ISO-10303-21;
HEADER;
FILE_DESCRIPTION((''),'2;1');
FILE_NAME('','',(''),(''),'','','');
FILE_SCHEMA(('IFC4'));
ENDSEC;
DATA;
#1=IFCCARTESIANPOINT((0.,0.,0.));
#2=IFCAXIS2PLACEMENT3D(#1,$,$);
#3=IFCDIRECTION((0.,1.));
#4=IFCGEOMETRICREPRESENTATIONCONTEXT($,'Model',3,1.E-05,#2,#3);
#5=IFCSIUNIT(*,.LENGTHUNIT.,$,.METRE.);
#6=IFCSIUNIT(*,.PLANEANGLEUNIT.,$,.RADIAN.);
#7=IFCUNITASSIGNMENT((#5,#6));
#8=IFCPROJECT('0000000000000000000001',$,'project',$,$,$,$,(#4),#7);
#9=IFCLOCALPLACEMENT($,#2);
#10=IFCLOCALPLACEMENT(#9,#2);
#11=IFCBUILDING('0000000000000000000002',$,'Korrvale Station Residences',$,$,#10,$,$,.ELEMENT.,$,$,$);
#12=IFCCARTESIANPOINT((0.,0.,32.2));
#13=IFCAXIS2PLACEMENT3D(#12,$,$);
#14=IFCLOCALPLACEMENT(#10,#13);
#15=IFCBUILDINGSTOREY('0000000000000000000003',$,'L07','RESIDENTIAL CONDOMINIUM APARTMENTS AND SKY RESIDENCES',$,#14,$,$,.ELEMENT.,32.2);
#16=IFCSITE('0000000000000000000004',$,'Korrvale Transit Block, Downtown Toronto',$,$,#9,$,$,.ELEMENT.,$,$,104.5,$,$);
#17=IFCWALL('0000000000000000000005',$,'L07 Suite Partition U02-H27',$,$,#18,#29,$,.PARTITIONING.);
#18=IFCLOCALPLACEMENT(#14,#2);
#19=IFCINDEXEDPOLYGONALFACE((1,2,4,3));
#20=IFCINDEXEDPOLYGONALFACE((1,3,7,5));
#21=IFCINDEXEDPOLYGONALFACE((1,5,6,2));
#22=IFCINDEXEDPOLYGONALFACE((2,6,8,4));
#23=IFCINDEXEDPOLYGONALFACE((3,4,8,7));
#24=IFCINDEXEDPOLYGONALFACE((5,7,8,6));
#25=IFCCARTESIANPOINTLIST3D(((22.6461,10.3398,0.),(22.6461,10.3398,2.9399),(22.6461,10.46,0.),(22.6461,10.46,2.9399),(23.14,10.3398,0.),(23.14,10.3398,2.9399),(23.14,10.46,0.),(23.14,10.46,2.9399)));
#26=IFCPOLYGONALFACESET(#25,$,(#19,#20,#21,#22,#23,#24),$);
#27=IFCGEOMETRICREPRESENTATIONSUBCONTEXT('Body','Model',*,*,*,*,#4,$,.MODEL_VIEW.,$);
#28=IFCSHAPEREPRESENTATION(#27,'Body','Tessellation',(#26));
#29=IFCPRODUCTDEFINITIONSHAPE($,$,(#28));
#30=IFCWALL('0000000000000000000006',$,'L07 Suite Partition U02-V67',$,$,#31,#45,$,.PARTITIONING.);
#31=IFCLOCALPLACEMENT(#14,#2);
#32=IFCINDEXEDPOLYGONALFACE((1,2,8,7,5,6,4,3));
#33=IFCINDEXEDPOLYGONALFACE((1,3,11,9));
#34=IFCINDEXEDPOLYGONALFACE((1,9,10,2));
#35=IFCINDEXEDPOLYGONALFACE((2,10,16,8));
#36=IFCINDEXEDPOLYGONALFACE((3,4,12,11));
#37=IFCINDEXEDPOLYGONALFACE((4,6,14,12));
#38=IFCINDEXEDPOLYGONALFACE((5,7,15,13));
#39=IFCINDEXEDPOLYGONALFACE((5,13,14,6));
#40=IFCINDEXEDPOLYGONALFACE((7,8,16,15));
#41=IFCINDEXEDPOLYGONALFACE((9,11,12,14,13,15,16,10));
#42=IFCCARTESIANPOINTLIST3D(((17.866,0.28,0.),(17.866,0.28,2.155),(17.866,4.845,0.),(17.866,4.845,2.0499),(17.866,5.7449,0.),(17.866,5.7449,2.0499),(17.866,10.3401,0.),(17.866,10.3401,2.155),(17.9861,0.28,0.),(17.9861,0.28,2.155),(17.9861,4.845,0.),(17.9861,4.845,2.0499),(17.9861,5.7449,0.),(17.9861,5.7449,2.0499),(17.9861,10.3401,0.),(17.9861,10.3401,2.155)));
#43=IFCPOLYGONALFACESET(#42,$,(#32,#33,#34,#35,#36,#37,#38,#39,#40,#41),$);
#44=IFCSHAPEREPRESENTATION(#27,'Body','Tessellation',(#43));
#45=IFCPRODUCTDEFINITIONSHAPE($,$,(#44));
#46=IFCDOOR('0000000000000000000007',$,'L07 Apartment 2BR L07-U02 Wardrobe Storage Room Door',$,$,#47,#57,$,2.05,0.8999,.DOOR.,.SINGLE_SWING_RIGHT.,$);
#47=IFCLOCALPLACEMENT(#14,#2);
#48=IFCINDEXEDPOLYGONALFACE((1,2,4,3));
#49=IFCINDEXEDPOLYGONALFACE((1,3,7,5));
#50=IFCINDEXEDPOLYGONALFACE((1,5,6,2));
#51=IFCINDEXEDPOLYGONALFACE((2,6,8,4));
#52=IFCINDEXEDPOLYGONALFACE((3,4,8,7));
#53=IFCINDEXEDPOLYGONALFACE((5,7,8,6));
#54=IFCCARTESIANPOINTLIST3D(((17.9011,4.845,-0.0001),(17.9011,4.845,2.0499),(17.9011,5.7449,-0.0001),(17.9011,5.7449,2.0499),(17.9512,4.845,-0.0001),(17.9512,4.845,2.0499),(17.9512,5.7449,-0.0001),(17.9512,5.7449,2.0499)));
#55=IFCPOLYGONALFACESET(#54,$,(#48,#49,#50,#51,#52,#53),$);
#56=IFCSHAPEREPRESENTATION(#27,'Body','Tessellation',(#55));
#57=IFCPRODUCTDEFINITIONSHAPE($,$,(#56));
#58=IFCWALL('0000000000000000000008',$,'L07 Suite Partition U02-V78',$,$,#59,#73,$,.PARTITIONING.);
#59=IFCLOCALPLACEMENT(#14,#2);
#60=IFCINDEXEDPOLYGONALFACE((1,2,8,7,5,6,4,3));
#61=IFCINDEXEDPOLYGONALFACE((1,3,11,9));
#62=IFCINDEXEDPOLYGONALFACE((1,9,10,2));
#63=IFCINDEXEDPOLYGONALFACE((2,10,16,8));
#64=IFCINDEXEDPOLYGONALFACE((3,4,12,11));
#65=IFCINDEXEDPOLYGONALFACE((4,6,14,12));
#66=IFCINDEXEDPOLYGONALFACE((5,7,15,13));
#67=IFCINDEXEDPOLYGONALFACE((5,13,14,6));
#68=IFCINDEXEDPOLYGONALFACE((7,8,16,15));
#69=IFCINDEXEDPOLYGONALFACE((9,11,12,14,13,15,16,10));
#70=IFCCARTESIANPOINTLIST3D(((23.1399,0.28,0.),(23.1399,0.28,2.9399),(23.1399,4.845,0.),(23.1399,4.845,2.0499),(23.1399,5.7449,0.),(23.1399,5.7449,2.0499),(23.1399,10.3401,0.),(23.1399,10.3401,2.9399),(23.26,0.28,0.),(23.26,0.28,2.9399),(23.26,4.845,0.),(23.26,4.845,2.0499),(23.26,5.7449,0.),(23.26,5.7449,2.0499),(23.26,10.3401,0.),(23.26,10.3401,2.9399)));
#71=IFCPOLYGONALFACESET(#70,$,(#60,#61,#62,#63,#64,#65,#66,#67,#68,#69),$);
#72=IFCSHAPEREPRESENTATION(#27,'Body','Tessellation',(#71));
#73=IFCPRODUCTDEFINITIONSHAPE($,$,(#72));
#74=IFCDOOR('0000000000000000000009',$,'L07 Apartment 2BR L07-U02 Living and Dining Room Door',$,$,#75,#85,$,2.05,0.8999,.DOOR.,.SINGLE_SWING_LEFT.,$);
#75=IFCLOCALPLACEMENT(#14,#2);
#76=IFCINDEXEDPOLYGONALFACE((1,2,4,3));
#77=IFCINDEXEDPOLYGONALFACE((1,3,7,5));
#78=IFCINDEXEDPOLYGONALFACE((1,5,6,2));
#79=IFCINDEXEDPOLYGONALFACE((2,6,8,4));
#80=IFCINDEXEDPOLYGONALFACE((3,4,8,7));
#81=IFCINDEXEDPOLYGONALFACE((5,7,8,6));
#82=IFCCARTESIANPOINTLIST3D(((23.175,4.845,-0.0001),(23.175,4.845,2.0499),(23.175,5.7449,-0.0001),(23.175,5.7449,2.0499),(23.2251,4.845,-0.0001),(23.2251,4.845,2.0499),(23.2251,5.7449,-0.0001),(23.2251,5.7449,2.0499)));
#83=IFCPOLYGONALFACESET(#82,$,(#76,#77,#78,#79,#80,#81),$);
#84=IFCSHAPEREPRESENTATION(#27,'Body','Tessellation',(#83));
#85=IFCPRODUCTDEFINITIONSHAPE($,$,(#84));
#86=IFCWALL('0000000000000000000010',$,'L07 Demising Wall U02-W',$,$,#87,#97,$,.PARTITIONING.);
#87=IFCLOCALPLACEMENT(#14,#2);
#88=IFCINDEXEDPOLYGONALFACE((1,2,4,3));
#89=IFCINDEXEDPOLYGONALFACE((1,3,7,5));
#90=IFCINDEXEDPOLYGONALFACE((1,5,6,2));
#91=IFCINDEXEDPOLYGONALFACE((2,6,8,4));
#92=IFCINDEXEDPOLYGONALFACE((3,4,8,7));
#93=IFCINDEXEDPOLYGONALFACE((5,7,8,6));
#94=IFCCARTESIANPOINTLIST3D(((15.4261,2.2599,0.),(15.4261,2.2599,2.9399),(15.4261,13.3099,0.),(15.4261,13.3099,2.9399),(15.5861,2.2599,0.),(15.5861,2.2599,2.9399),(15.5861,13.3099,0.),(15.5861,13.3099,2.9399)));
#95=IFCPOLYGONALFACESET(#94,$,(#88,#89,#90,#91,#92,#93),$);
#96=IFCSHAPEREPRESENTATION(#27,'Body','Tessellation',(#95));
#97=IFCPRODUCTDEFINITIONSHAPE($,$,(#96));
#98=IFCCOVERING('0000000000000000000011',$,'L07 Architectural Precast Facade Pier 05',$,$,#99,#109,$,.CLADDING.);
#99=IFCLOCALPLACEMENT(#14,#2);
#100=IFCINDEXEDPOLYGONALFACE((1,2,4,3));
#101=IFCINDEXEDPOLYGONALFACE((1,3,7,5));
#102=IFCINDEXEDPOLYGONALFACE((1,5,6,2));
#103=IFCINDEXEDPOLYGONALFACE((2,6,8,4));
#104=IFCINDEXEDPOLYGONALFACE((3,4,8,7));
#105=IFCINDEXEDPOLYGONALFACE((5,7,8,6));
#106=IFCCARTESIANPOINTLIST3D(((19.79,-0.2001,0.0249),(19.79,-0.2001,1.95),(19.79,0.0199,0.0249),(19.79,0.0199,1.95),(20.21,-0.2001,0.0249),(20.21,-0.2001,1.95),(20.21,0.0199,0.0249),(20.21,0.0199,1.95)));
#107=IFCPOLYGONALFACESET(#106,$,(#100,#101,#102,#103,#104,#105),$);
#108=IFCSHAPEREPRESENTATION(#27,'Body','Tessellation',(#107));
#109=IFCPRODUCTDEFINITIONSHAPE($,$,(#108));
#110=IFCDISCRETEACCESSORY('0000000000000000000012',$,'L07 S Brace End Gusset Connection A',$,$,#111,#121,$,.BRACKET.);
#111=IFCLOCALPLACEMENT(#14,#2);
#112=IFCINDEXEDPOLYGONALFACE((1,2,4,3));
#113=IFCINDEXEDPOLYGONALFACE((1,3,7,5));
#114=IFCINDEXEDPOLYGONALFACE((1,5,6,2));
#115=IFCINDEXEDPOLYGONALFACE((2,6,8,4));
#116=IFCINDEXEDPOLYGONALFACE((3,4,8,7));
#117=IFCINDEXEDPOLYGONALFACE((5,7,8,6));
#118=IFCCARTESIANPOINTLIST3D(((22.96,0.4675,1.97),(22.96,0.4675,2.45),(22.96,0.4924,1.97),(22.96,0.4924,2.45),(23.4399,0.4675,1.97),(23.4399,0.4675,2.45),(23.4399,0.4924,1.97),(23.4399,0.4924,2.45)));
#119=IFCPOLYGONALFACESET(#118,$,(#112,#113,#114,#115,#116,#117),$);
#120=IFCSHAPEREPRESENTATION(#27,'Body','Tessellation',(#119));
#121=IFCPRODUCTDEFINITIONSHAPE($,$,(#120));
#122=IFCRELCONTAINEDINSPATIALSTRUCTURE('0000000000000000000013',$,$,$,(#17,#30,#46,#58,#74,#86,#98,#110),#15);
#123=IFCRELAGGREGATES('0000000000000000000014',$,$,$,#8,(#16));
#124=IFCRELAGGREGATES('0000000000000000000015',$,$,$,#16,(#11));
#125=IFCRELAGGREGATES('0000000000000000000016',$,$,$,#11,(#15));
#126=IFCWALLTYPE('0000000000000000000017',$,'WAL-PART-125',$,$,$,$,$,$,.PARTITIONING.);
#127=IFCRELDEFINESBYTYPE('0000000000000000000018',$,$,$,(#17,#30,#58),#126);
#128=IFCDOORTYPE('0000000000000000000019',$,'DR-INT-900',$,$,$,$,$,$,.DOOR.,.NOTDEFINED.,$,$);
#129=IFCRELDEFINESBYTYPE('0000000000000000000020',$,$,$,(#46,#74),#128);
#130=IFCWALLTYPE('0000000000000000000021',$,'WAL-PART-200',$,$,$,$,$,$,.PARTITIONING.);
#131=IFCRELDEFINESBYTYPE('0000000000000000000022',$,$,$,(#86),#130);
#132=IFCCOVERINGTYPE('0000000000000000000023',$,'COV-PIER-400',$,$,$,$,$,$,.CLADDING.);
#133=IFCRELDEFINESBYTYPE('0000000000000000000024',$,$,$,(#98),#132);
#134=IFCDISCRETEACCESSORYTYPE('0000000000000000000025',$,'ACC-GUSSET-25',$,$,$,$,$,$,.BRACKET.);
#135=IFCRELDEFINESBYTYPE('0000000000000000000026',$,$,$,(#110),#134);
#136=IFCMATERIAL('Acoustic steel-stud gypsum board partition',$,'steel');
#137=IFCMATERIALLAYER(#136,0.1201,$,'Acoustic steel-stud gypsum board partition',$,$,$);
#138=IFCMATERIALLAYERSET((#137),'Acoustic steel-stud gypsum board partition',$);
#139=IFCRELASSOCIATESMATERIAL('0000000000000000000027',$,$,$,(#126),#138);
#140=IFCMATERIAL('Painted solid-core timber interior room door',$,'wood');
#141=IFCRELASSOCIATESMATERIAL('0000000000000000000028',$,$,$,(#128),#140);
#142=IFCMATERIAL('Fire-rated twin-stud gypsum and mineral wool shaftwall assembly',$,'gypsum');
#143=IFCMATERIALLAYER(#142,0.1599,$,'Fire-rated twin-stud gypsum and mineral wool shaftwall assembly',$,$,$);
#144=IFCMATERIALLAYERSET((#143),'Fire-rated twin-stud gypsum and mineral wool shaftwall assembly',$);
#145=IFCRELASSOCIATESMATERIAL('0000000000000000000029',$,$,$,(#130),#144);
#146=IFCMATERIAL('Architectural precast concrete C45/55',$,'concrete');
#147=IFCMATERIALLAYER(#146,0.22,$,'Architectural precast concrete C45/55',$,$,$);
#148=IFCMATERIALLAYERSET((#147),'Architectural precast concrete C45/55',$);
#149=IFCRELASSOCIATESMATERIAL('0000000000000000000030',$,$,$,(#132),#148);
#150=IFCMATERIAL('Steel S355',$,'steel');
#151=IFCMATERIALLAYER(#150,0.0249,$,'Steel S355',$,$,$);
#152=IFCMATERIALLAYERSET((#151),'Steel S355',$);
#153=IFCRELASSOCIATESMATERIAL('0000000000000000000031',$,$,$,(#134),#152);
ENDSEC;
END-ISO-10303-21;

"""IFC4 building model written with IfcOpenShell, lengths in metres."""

from ifc_helpers import new_model, si_unit, direction, frame, frame_2d, origin, origin_2d, place, context, subcontext, project, spatial, rectangle, extrude, material, layer, layer_set, type_object, element, fill, save


model = new_model("IFC4")

# Units and contexts
model_context = context("Model", 3, precision=1e-05, world=origin(), true_north=direction((0.0, 1.0)))
body_context = subcontext(model_context, "Body", "Model", "MODEL_VIEW")
ifc_project = project(units=[si_unit("LENGTHUNIT", "METRE"), si_unit("PLANEANGLEUNIT", "RADIAN")], contexts=[model_context])

# Site, building, storey
site_placement = place(None, origin())
site = spatial("IfcSite", under=ifc_project, at=site_placement, Name="Korrvale Transit Block, Downtown Toronto", CompositionType="ELEMENT", RefElevation=104.5)
building_placement = place(site_placement, origin())
building = spatial("IfcBuilding", under=site, at=building_placement, Name="Korrvale Station Residences", CompositionType="ELEMENT")
storey_placement = place(building_placement, frame((0.0, 0.0, 32.2)))
storey = spatial("IfcBuildingStorey", under=building, at=storey_placement, Name="L07", Description="RESIDENTIAL CONDOMINIUM APARTMENTS AND SKY RESIDENCES", CompositionType="ELEMENT", Elevation=32.2)

# Shared definitions
ifc_material_1 = material(Name="Steel S355", Category="steel")

# Shared definitions
ifc_material_2 = material(Name="Acoustic steel-stud gypsum board partition", Category="steel")
ifc_layer_1 = layer(ifc_material_2, 0.1201, Name="Acoustic steel-stud gypsum board partition")
ifc_layer_set_1 = layer_set([ifc_layer_1], Name="Acoustic steel-stud gypsum board partition")
wall_type_1 = type_object("IfcWallType", Name="WAL-PART-125", PredefinedType="PARTITIONING", material=ifc_layer_set_1)

# Shared definitions
ifc_material_3 = material(Name="Painted solid-core timber interior room door", Category="wood")
door_type_1 = type_object("IfcDoorType", Name="DR-INT-900", OperationType="NOTDEFINED", PredefinedType="DOOR", material=ifc_material_3)

# Wall
wall_1_placement = place(storey_placement, frame((22.646, 10.3999, 0.0), z_axis=(0.0, 0.0, 1.0), x_axis=(1.0, 0.0, 0.0)))
element("IfcWall", 1, at=wall_1_placement, inside=storey, type_object=wall_type_1, Name="L07 Suite Partition U02-H27", PredefinedType="PARTITIONING", context=body_context, shape_type="SweptSolid", body=[
    extrude(rectangle(XDim=0.4939, YDim=0.1201, at=frame_2d((0.2471, 0.0))), origin(), (0.0, 0.0, 1.0), 2.9399),
])

# Walls, openings, doors
wall_2_placement = place(storey_placement, frame((17.926, 0.28, 0.0), z_axis=(0.0, 0.0, 1.0), x_axis=(0.0, 1.0, 0.0)))
wall_2 = element("IfcWall", 2, at=wall_2_placement, inside=storey, type_object=wall_type_1, Name="L07 Suite Partition U02-V67", PredefinedType="PARTITIONING", context=body_context, shape_type="SweptSolid", body=[
    extrude(rectangle(XDim=10.0601, YDim=0.1201, at=frame_2d((5.03, 0.0))), origin(), (0.0, 0.0, 1.0), 2.155),
])
opening_1_placement = place(wall_2_placement, frame((4.5649, 0.0, 0.0)))
opening_1 = element("IfcOpeningElement", 3, at=opening_1_placement, cuts=wall_2, PredefinedType="OPENING", context=body_context, shape_type="SweptSolid", body=[
    extrude(rectangle(XDim=0.8999, YDim=2.05, at=frame_2d((0.45, 1.0249))), frame((0.0, 0.0701, 0.0), z_axis=(0.0, -1.0, 0.0), x_axis=(1.0, 0.0, 0.0)), (0.0, 0.0, 1.0), 0.1401),
])
door_1_placement = place(opening_1_placement, origin())
door_1 = element("IfcDoor", 4, at=door_1_placement, inside=storey, type_object=door_type_1, Name="L07 Apartment 2BR L07-U02 Wardrobe Storage Room Door", OperationType="SINGLE_SWING_RIGHT", OverallHeight=2.05, OverallWidth=0.8999, PredefinedType="DOOR", context=body_context, shape_type="SweptSolid", body=[
    extrude(rectangle(XDim=0.8999, YDim=2.05, at=frame_2d((0.45, 1.0249))), frame((0.0, 0.0249, 0.0), z_axis=(0.0, -1.0, 0.0), x_axis=(1.0, 0.0, 0.0)), (0.0, 0.0, 1.0), 0.05),
])
fill(opening_1, door_1)
wall_3_placement = place(storey_placement, frame((23.2, 0.28, 0.0), z_axis=(0.0, 0.0, 1.0), x_axis=(0.0, 1.0, 0.0)))
wall_3 = element("IfcWall", 5, at=wall_3_placement, inside=storey, type_object=wall_type_1, Name="L07 Suite Partition U02-V78", PredefinedType="PARTITIONING", context=body_context, shape_type="SweptSolid", body=[
    extrude(rectangle(XDim=10.0601, YDim=0.1201, at=frame_2d((5.03, 0.0))), origin(), (0.0, 0.0, 1.0), 2.9399),
])
opening_2_placement = place(wall_3_placement, frame((4.5649, 0.0, 0.0)))
opening_2 = element("IfcOpeningElement", 6, at=opening_2_placement, cuts=wall_3, PredefinedType="OPENING", context=body_context, shape_type="SweptSolid", body=[
    extrude(rectangle(XDim=0.8999, YDim=2.05, at=frame_2d((0.45, 1.0249))), frame((0.0, 0.0701, 0.0), z_axis=(0.0, -1.0, 0.0), x_axis=(1.0, 0.0, 0.0)), (0.0, 0.0, 1.0), 0.1401),
])
door_2_placement = place(opening_2_placement, origin())
door_2 = element("IfcDoor", 7, at=door_2_placement, inside=storey, type_object=door_type_1, Name="L07 Apartment 2BR L07-U02 Living and Dining Room Door", OperationType="SINGLE_SWING_LEFT", OverallHeight=2.05, OverallWidth=0.8999, PredefinedType="DOOR", context=body_context, shape_type="SweptSolid", body=[
    extrude(rectangle(XDim=0.8999, YDim=2.05, at=frame_2d((0.45, 1.0249))), frame((0.0, 0.0249, 0.0), z_axis=(0.0, -1.0, 0.0), x_axis=(1.0, 0.0, 0.0)), (0.0, 0.0, 1.0), 0.05),
])
fill(opening_2, door_2)

# Wall
ifc_material_4 = material(Name="Fire-rated twin-stud gypsum and mineral wool shaftwall assembly", Category="gypsum")
ifc_layer_2 = layer(ifc_material_4, 0.1599, Name="Fire-rated twin-stud gypsum and mineral wool shaftwall assembly")
ifc_layer_set_2 = layer_set([ifc_layer_2], Name="Fire-rated twin-stud gypsum and mineral wool shaftwall assembly")
wall_type_2 = type_object("IfcWallType", Name="WAL-PART-200", PredefinedType="PARTITIONING", material=ifc_layer_set_2)
wall_4_placement = place(storey_placement, frame((15.5061, 2.26, 0.0), z_axis=(0.0, 0.0, 1.0), x_axis=(0.0, 1.0, 0.0)))
element("IfcWall", 8, at=wall_4_placement, inside=storey, type_object=wall_type_2, Name="L07 Demising Wall U02-W", PredefinedType="PARTITIONING", context=body_context, shape_type="SweptSolid", body=[
    extrude(rectangle(XDim=11.05, YDim=0.1599, at=frame_2d((5.5249, 0.0))), origin(), (0.0, 0.0, 1.0), 2.9399),
])

# Covering
ifc_material_5 = material(Name="Architectural precast concrete C45/55", Category="concrete")
ifc_layer_3 = layer(ifc_material_5, 0.22, Name="Architectural precast concrete C45/55")
ifc_layer_set_3 = layer_set([ifc_layer_3], Name="Architectural precast concrete C45/55")
covering_type = type_object("IfcCoveringType", Name="COV-PIER-400", PredefinedType="CLADDING", material=ifc_layer_set_3)
covering_placement = place(storey_placement, frame((20.0, -0.0901, 0.0249), z_axis=(0.0, 0.0, 1.0), x_axis=(1.0, 0.0, 0.0)))
element("IfcCovering", 9, at=covering_placement, inside=storey, type_object=covering_type, Name="L07 Architectural Precast Facade Pier 05", PredefinedType="CLADDING", context=body_context, shape_type="SweptSolid", body=[
    extrude(rectangle(XDim=0.4199, YDim=0.22, at=origin_2d()), origin(), (0.0, 0.0, 1.0), 1.925),
])

# Discrete accessory
ifc_layer_4 = layer(ifc_material_1, 0.0249, Name="Steel S355")
ifc_layer_set_4 = layer_set([ifc_layer_4], Name="Steel S355")
discrete_accessory_type = type_object("IfcDiscreteAccessoryType", Name="ACC-GUSSET-25", PredefinedType="BRACKET", material=ifc_layer_set_4)
discrete_accessory_placement = place(storey_placement, frame((23.2, 0.48, 1.97), z_axis=(0.0, 0.0, 1.0), x_axis=(1.0, 0.0, 0.0)))
element("IfcDiscreteAccessory", 10, at=discrete_accessory_placement, inside=storey, type_object=discrete_accessory_type, Name="L07 S Brace End Gusset Connection A", PredefinedType="BRACKET", context=body_context, shape_type="SweptSolid", body=[
    extrude(rectangle(XDim=0.48, YDim=0.0249, at=origin_2d()), origin(), (0.0, 0.0, 1.0), 0.48),
])

save(model, "model.ifc")
